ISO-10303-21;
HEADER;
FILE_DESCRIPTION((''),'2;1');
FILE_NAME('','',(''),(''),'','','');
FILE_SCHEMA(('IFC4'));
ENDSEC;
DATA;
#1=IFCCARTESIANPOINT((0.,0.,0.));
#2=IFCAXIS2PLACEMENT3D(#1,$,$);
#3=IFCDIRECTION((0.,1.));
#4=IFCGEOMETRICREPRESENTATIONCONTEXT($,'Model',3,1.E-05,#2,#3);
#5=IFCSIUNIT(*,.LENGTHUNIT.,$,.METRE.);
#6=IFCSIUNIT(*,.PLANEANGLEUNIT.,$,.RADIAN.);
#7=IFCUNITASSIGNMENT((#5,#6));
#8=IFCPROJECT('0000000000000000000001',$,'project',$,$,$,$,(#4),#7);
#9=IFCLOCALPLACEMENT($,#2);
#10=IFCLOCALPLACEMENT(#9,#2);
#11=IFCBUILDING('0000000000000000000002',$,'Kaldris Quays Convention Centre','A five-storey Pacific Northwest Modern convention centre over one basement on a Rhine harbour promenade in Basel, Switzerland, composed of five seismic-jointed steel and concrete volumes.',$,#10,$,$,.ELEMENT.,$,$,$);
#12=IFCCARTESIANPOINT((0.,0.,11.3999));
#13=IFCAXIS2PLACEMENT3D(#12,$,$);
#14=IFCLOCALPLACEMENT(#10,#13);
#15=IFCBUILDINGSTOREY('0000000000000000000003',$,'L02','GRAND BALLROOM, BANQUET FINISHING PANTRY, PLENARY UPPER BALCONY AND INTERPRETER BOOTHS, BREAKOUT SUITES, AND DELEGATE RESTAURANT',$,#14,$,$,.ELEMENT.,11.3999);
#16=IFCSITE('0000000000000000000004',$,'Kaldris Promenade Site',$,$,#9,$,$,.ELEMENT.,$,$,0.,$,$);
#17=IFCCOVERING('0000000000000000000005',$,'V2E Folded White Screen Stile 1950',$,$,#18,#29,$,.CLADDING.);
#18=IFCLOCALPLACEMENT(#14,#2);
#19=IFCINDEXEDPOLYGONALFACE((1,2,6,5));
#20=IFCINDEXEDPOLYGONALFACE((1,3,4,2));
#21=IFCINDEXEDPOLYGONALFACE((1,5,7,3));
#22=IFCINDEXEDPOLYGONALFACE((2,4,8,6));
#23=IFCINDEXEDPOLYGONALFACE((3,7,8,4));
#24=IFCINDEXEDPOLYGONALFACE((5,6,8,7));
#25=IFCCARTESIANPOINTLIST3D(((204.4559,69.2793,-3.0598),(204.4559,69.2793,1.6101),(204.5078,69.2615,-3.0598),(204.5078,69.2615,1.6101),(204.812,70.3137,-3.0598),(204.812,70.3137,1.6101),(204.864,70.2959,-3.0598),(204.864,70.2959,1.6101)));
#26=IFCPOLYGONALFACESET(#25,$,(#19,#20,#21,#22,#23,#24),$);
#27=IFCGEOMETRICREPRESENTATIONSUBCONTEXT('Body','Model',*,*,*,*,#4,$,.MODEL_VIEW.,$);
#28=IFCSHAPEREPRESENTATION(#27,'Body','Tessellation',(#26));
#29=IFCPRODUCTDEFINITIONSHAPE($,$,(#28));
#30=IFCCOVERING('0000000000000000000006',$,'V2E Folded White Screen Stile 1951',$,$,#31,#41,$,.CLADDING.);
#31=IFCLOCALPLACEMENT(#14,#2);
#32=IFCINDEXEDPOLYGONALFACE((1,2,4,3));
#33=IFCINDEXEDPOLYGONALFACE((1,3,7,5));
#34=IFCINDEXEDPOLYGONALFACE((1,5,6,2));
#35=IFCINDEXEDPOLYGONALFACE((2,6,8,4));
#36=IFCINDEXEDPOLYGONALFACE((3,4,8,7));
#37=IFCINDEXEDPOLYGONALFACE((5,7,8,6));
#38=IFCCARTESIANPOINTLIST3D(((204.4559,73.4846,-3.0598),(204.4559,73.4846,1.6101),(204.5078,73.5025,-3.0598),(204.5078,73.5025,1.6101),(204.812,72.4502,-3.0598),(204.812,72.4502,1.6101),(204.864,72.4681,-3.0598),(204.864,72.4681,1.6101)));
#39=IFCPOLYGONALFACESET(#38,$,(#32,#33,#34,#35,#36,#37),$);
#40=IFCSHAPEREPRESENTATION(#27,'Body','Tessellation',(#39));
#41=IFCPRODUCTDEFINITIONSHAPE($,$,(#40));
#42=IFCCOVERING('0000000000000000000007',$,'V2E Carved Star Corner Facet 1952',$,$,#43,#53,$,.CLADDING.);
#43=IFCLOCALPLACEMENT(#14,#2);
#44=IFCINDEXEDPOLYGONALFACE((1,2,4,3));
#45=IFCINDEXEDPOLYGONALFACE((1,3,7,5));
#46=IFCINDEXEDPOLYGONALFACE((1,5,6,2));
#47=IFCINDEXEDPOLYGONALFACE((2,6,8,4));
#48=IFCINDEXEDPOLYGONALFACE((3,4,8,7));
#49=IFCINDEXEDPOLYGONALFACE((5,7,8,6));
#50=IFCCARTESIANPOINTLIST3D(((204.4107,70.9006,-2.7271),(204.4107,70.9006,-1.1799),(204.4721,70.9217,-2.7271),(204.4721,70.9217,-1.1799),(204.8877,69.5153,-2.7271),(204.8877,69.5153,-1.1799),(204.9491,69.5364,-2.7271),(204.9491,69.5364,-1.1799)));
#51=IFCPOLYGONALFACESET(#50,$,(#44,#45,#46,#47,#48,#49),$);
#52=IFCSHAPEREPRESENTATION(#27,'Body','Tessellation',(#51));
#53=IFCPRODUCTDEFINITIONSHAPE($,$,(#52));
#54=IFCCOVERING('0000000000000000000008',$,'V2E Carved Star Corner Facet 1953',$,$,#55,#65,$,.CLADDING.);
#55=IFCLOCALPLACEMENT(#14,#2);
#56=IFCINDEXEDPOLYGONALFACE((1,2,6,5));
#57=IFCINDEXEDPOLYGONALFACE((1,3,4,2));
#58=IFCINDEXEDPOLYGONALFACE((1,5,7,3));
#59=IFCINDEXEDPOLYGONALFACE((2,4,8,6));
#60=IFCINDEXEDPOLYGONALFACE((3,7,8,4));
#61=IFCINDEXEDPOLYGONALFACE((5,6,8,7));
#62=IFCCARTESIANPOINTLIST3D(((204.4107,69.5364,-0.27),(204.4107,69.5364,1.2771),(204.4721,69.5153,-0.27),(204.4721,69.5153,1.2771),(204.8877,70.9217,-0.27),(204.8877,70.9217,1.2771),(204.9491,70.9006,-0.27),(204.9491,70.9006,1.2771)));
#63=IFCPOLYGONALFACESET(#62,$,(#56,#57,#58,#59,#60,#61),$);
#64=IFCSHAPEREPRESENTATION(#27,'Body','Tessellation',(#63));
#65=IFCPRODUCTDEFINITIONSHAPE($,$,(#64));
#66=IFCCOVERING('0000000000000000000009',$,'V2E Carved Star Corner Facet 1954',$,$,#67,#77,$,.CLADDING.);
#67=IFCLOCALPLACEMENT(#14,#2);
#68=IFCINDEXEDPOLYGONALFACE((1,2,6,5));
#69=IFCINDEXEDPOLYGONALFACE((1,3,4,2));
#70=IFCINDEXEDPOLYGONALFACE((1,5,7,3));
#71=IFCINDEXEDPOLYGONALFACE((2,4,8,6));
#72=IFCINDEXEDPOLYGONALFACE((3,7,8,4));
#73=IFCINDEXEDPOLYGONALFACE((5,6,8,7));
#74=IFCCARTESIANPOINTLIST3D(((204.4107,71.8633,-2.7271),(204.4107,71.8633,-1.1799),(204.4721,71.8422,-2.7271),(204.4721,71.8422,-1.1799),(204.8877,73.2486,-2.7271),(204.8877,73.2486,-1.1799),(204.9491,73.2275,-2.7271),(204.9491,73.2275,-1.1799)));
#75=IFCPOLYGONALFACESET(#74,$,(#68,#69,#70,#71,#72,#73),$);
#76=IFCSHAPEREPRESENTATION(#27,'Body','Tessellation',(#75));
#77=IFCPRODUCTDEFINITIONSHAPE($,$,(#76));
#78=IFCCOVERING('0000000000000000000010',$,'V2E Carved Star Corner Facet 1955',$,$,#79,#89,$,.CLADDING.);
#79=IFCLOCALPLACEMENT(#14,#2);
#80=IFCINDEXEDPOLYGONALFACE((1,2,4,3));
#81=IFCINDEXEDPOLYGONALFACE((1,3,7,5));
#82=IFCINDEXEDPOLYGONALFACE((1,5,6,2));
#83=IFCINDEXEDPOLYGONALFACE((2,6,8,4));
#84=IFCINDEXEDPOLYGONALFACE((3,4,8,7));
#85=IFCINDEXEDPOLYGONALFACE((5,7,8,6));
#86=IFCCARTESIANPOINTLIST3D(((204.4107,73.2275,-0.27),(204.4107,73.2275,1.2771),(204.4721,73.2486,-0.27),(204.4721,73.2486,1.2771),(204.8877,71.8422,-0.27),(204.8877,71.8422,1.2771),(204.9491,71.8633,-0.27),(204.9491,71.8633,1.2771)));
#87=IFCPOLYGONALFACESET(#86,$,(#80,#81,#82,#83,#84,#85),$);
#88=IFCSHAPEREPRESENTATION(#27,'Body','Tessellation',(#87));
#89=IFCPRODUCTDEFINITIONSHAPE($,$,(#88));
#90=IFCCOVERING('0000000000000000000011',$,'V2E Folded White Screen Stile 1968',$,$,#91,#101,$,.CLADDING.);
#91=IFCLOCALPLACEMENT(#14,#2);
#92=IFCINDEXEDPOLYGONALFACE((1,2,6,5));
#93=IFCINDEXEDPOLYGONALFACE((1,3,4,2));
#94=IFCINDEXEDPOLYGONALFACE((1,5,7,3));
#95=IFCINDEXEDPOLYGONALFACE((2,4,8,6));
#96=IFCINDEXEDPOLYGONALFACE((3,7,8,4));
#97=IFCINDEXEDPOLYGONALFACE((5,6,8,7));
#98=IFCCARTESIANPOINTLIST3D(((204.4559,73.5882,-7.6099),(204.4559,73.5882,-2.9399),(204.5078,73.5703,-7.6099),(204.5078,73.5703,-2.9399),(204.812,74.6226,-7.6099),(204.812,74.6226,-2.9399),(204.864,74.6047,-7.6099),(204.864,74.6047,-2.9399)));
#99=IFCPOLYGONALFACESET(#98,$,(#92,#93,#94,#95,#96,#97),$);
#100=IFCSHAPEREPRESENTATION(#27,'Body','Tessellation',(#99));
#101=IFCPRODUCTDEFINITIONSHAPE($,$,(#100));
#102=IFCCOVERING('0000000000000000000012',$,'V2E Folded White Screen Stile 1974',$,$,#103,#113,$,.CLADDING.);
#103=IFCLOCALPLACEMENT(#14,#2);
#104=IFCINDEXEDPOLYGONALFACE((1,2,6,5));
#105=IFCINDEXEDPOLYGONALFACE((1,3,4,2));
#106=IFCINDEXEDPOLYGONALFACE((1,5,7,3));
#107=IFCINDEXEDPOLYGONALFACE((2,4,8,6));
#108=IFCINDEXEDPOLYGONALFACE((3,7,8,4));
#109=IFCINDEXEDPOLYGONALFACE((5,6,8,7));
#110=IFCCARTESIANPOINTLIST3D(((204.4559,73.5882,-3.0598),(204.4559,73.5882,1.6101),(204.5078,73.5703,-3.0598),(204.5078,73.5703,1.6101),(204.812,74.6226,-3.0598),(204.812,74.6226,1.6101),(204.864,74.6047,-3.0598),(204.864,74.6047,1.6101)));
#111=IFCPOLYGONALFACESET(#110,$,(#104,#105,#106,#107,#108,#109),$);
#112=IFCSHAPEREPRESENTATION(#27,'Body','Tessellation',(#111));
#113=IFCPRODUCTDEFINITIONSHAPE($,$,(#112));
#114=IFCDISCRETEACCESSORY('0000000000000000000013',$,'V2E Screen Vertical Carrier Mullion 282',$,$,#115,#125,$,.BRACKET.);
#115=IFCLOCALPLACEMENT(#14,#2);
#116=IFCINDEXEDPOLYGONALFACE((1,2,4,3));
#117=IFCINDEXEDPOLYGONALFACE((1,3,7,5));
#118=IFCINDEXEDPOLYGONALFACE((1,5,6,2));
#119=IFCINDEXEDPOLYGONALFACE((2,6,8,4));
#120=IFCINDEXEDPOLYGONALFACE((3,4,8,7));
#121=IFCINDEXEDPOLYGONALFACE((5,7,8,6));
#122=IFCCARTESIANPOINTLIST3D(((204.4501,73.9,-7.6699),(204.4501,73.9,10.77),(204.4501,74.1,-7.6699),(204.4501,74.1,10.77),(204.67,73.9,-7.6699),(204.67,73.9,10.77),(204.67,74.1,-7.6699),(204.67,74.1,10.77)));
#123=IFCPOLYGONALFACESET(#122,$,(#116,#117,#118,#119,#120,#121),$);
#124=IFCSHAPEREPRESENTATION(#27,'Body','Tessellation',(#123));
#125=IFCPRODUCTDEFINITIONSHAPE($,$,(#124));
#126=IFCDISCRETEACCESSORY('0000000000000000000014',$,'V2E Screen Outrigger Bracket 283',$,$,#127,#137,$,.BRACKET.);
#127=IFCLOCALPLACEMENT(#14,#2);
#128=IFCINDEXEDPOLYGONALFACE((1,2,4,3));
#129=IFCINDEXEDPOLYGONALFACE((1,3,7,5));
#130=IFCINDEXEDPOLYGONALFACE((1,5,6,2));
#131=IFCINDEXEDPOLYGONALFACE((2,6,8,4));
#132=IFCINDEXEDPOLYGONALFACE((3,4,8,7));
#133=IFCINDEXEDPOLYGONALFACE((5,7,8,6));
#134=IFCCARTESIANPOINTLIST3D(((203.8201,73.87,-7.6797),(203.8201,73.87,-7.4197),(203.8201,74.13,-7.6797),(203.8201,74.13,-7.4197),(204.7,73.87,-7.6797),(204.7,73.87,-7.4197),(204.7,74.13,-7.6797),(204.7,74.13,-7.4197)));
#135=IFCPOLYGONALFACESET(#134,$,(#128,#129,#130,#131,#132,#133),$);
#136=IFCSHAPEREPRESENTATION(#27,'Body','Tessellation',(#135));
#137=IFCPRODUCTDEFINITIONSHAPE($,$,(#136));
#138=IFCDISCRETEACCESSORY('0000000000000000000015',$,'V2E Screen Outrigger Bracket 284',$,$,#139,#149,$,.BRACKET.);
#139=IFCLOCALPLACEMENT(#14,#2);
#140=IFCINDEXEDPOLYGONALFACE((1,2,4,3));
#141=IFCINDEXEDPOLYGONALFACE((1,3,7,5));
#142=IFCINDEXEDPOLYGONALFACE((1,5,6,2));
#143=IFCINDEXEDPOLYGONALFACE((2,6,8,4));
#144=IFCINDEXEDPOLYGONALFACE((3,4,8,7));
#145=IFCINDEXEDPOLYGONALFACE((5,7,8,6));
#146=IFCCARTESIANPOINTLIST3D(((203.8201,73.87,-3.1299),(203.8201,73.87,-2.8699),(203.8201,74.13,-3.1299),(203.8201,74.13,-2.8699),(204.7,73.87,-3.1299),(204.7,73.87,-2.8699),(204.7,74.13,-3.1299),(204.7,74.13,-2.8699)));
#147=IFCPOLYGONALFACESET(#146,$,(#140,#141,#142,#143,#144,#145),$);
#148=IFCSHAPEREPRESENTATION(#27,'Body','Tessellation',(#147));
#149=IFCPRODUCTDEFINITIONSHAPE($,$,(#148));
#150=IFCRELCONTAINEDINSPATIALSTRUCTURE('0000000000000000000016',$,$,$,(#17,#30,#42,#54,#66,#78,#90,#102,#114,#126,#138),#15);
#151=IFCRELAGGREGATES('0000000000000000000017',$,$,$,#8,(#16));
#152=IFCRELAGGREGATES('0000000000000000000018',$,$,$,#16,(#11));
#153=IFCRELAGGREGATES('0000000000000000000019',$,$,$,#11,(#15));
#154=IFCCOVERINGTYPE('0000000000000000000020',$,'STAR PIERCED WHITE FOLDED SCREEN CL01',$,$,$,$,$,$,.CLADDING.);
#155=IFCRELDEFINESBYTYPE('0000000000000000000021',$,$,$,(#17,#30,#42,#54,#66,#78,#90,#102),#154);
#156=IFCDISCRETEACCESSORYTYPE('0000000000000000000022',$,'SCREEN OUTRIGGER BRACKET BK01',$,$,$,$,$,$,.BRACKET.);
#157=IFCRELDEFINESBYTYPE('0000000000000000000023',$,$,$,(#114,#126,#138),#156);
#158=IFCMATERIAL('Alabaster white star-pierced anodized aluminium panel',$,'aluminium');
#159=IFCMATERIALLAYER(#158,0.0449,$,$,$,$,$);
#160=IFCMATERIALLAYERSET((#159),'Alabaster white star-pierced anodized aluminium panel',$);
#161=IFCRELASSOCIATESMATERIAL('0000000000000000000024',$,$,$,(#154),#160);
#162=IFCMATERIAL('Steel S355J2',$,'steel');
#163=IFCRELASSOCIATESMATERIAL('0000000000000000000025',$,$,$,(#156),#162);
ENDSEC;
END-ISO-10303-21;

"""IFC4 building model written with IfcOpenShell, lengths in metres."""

from ifc_helpers import new_model, si_unit, direction, frame, origin, origin_2d, place, context, subcontext, project, spatial, rectangle, extrude, material, layer, layer_set, type_object, element, save


model = new_model("IFC4")

# Units and contexts
model_context = context("Model", 3, precision=1e-05, world=origin(), true_north=direction((0.0, 1.0)))
body_context = subcontext(model_context, "Body", "Model", "MODEL_VIEW")
ifc_project = project(units=[si_unit("LENGTHUNIT", "METRE"), si_unit("PLANEANGLEUNIT", "RADIAN")], contexts=[model_context])

# Site, building, storey
site_placement = place(None, origin())
site = spatial("IfcSite", under=ifc_project, at=site_placement, Name="Kaldris Promenade Site", CompositionType="ELEMENT", RefElevation=0.0)
building_placement = place(site_placement, origin())
building = spatial("IfcBuilding", under=site, at=building_placement, Name="Kaldris Quays Convention Centre", Description="A five-storey Pacific Northwest Modern convention centre over one basement on a Rhine harbour promenade in Basel, Switzerland, composed of five seismic-jointed steel and concrete volumes.", CompositionType="ELEMENT")
storey_placement = place(building_placement, frame((0.0, 0.0, 11.3999)))
storey = spatial("IfcBuildingStorey", under=building, at=storey_placement, Name="L02", Description="GRAND BALLROOM, BANQUET FINISHING PANTRY, PLENARY UPPER BALCONY AND INTERPRETER BOOTHS, BREAKOUT SUITES, AND DELEGATE RESTAURANT", CompositionType="ELEMENT", Elevation=11.3999)

# Shared definitions
ifc_material_1 = material(Name="Steel S355J2", Category="steel")

# Coverings
ifc_material_2 = material(Name="Alabaster white star-pierced anodized aluminium panel", Category="aluminium")
ifc_layer_1 = layer(ifc_material_2, 0.0449)
ifc_layer_set_1 = layer_set([ifc_layer_1], Name="Alabaster white star-pierced anodized aluminium panel")
covering_type = type_object("IfcCoveringType", Name="STAR PIERCED WHITE FOLDED SCREEN CL01", PredefinedType="CLADDING", material=ifc_layer_set_1)
for number, where, z_axis, x_axis, name in (
    (1, (204.6599, 69.7876, -3.0598), (0.0, 0.0, 1.0), (0.325568, 0.945519, 0.0), "V2E Folded White Screen Stile 1950"),
    (2, (204.6599, 72.9763, -3.0598), (0.0, 0.0, 1.0), (-0.325568, 0.945519, 0.0), "V2E Folded White Screen Stile 1951"),
):
    element("IfcCovering", number, at=place(storey_placement, frame(where, z_axis=z_axis, x_axis=x_axis)), inside=storey, type_object=covering_type, Name=name, PredefinedType="CLADDING", context=body_context, shape_type="SweptSolid", body=[
        extrude(rectangle(XDim=1.094, YDim=0.0549, at=origin_2d()), origin(), (0.0, 0.0, 1.0), 4.6699),
    ])
for number, where, z_axis, x_axis, name in (
    (3, (204.6799, 70.2185, -2.7271), (0.0, 0.0, 1.0), (-0.325568, 0.945519, 0.0), "V2E Carved Star Corner Facet 1952"),
    (4, (204.6799, 70.2185, -0.27), (0.0, 0.0, 1.0), (0.325568, 0.945519, 0.0), "V2E Carved Star Corner Facet 1953"),
    (5, (204.6799, 72.5454, -2.7271), (0.0, 0.0, 1.0), (0.325568, 0.945519, 0.0), "V2E Carved Star Corner Facet 1954"),
    (6, (204.6799, 72.5454, -0.27), (0.0, 0.0, 1.0), (-0.325568, 0.945519, 0.0), "V2E Carved Star Corner Facet 1955"),
):
    element("IfcCovering", number, at=place(storey_placement, frame(where, z_axis=z_axis, x_axis=x_axis)), inside=storey, type_object=covering_type, Name=name, PredefinedType="CLADDING", context=body_context, shape_type="SweptSolid", body=[
        extrude(rectangle(XDim=1.4651, YDim=0.0649, at=origin_2d()), origin(), (0.0, 0.0, 1.0), 1.5471),
    ])
for number, where, z_axis, x_axis, name in (
    (7, (204.6599, 74.0964, -7.6099), (0.0, 0.0, 1.0), (0.325568, 0.945519, 0.0), "V2E Folded White Screen Stile 1968"),
    (8, (204.6599, 74.0964, -3.0598), (0.0, 0.0, 1.0), (0.325568, 0.945519, 0.0), "V2E Folded White Screen Stile 1974"),
):
    element("IfcCovering", number, at=place(storey_placement, frame(where, z_axis=z_axis, x_axis=x_axis)), inside=storey, type_object=covering_type, Name=name, PredefinedType="CLADDING", context=body_context, shape_type="SweptSolid", body=[
        extrude(rectangle(XDim=1.094, YDim=0.0549, at=origin_2d()), origin(), (0.0, 0.0, 1.0), 4.6699),
    ])

# Discrete accessories
discrete_accessory_type = type_object("IfcDiscreteAccessoryType", Name="SCREEN OUTRIGGER BRACKET BK01", PredefinedType="BRACKET", material=ifc_material_1)
discrete_accessory_placement = place(storey_placement, frame((204.5601, 74.0, -7.6699), z_axis=(0.0, 0.0, 1.0), x_axis=(0.0, 1.0, 0.0)))
element("IfcDiscreteAccessory", 9, at=discrete_accessory_placement, inside=storey, type_object=discrete_accessory_type, Name="V2E Screen Vertical Carrier Mullion 282", PredefinedType="BRACKET", context=body_context, shape_type="SweptSolid", body=[
    extrude(rectangle(XDim=0.2, YDim=0.22, at=origin_2d()), origin(), (0.0, 0.0, 1.0), 18.4399),
])
for number, where, z_axis, x_axis, name in (
    (10, (204.26, 74.0, -7.6797), (0.0, 0.0, 1.0), (0.0, 1.0, 0.0), "V2E Screen Outrigger Bracket 283"),
    (11, (204.26, 74.0, -3.1299), (0.0, 0.0, 1.0), (0.0, 1.0, 0.0), "V2E Screen Outrigger Bracket 284"),
):
    element("IfcDiscreteAccessory", number, at=place(storey_placement, frame(where, z_axis=z_axis, x_axis=x_axis)), inside=storey, type_object=discrete_accessory_type, Name=name, PredefinedType="BRACKET", context=body_context, shape_type="SweptSolid", body=[
        extrude(rectangle(XDim=0.26, YDim=0.8799, at=origin_2d()), origin(), (0.0, 0.0, 1.0), 0.26),
    ])

save(model, "model.ifc")
